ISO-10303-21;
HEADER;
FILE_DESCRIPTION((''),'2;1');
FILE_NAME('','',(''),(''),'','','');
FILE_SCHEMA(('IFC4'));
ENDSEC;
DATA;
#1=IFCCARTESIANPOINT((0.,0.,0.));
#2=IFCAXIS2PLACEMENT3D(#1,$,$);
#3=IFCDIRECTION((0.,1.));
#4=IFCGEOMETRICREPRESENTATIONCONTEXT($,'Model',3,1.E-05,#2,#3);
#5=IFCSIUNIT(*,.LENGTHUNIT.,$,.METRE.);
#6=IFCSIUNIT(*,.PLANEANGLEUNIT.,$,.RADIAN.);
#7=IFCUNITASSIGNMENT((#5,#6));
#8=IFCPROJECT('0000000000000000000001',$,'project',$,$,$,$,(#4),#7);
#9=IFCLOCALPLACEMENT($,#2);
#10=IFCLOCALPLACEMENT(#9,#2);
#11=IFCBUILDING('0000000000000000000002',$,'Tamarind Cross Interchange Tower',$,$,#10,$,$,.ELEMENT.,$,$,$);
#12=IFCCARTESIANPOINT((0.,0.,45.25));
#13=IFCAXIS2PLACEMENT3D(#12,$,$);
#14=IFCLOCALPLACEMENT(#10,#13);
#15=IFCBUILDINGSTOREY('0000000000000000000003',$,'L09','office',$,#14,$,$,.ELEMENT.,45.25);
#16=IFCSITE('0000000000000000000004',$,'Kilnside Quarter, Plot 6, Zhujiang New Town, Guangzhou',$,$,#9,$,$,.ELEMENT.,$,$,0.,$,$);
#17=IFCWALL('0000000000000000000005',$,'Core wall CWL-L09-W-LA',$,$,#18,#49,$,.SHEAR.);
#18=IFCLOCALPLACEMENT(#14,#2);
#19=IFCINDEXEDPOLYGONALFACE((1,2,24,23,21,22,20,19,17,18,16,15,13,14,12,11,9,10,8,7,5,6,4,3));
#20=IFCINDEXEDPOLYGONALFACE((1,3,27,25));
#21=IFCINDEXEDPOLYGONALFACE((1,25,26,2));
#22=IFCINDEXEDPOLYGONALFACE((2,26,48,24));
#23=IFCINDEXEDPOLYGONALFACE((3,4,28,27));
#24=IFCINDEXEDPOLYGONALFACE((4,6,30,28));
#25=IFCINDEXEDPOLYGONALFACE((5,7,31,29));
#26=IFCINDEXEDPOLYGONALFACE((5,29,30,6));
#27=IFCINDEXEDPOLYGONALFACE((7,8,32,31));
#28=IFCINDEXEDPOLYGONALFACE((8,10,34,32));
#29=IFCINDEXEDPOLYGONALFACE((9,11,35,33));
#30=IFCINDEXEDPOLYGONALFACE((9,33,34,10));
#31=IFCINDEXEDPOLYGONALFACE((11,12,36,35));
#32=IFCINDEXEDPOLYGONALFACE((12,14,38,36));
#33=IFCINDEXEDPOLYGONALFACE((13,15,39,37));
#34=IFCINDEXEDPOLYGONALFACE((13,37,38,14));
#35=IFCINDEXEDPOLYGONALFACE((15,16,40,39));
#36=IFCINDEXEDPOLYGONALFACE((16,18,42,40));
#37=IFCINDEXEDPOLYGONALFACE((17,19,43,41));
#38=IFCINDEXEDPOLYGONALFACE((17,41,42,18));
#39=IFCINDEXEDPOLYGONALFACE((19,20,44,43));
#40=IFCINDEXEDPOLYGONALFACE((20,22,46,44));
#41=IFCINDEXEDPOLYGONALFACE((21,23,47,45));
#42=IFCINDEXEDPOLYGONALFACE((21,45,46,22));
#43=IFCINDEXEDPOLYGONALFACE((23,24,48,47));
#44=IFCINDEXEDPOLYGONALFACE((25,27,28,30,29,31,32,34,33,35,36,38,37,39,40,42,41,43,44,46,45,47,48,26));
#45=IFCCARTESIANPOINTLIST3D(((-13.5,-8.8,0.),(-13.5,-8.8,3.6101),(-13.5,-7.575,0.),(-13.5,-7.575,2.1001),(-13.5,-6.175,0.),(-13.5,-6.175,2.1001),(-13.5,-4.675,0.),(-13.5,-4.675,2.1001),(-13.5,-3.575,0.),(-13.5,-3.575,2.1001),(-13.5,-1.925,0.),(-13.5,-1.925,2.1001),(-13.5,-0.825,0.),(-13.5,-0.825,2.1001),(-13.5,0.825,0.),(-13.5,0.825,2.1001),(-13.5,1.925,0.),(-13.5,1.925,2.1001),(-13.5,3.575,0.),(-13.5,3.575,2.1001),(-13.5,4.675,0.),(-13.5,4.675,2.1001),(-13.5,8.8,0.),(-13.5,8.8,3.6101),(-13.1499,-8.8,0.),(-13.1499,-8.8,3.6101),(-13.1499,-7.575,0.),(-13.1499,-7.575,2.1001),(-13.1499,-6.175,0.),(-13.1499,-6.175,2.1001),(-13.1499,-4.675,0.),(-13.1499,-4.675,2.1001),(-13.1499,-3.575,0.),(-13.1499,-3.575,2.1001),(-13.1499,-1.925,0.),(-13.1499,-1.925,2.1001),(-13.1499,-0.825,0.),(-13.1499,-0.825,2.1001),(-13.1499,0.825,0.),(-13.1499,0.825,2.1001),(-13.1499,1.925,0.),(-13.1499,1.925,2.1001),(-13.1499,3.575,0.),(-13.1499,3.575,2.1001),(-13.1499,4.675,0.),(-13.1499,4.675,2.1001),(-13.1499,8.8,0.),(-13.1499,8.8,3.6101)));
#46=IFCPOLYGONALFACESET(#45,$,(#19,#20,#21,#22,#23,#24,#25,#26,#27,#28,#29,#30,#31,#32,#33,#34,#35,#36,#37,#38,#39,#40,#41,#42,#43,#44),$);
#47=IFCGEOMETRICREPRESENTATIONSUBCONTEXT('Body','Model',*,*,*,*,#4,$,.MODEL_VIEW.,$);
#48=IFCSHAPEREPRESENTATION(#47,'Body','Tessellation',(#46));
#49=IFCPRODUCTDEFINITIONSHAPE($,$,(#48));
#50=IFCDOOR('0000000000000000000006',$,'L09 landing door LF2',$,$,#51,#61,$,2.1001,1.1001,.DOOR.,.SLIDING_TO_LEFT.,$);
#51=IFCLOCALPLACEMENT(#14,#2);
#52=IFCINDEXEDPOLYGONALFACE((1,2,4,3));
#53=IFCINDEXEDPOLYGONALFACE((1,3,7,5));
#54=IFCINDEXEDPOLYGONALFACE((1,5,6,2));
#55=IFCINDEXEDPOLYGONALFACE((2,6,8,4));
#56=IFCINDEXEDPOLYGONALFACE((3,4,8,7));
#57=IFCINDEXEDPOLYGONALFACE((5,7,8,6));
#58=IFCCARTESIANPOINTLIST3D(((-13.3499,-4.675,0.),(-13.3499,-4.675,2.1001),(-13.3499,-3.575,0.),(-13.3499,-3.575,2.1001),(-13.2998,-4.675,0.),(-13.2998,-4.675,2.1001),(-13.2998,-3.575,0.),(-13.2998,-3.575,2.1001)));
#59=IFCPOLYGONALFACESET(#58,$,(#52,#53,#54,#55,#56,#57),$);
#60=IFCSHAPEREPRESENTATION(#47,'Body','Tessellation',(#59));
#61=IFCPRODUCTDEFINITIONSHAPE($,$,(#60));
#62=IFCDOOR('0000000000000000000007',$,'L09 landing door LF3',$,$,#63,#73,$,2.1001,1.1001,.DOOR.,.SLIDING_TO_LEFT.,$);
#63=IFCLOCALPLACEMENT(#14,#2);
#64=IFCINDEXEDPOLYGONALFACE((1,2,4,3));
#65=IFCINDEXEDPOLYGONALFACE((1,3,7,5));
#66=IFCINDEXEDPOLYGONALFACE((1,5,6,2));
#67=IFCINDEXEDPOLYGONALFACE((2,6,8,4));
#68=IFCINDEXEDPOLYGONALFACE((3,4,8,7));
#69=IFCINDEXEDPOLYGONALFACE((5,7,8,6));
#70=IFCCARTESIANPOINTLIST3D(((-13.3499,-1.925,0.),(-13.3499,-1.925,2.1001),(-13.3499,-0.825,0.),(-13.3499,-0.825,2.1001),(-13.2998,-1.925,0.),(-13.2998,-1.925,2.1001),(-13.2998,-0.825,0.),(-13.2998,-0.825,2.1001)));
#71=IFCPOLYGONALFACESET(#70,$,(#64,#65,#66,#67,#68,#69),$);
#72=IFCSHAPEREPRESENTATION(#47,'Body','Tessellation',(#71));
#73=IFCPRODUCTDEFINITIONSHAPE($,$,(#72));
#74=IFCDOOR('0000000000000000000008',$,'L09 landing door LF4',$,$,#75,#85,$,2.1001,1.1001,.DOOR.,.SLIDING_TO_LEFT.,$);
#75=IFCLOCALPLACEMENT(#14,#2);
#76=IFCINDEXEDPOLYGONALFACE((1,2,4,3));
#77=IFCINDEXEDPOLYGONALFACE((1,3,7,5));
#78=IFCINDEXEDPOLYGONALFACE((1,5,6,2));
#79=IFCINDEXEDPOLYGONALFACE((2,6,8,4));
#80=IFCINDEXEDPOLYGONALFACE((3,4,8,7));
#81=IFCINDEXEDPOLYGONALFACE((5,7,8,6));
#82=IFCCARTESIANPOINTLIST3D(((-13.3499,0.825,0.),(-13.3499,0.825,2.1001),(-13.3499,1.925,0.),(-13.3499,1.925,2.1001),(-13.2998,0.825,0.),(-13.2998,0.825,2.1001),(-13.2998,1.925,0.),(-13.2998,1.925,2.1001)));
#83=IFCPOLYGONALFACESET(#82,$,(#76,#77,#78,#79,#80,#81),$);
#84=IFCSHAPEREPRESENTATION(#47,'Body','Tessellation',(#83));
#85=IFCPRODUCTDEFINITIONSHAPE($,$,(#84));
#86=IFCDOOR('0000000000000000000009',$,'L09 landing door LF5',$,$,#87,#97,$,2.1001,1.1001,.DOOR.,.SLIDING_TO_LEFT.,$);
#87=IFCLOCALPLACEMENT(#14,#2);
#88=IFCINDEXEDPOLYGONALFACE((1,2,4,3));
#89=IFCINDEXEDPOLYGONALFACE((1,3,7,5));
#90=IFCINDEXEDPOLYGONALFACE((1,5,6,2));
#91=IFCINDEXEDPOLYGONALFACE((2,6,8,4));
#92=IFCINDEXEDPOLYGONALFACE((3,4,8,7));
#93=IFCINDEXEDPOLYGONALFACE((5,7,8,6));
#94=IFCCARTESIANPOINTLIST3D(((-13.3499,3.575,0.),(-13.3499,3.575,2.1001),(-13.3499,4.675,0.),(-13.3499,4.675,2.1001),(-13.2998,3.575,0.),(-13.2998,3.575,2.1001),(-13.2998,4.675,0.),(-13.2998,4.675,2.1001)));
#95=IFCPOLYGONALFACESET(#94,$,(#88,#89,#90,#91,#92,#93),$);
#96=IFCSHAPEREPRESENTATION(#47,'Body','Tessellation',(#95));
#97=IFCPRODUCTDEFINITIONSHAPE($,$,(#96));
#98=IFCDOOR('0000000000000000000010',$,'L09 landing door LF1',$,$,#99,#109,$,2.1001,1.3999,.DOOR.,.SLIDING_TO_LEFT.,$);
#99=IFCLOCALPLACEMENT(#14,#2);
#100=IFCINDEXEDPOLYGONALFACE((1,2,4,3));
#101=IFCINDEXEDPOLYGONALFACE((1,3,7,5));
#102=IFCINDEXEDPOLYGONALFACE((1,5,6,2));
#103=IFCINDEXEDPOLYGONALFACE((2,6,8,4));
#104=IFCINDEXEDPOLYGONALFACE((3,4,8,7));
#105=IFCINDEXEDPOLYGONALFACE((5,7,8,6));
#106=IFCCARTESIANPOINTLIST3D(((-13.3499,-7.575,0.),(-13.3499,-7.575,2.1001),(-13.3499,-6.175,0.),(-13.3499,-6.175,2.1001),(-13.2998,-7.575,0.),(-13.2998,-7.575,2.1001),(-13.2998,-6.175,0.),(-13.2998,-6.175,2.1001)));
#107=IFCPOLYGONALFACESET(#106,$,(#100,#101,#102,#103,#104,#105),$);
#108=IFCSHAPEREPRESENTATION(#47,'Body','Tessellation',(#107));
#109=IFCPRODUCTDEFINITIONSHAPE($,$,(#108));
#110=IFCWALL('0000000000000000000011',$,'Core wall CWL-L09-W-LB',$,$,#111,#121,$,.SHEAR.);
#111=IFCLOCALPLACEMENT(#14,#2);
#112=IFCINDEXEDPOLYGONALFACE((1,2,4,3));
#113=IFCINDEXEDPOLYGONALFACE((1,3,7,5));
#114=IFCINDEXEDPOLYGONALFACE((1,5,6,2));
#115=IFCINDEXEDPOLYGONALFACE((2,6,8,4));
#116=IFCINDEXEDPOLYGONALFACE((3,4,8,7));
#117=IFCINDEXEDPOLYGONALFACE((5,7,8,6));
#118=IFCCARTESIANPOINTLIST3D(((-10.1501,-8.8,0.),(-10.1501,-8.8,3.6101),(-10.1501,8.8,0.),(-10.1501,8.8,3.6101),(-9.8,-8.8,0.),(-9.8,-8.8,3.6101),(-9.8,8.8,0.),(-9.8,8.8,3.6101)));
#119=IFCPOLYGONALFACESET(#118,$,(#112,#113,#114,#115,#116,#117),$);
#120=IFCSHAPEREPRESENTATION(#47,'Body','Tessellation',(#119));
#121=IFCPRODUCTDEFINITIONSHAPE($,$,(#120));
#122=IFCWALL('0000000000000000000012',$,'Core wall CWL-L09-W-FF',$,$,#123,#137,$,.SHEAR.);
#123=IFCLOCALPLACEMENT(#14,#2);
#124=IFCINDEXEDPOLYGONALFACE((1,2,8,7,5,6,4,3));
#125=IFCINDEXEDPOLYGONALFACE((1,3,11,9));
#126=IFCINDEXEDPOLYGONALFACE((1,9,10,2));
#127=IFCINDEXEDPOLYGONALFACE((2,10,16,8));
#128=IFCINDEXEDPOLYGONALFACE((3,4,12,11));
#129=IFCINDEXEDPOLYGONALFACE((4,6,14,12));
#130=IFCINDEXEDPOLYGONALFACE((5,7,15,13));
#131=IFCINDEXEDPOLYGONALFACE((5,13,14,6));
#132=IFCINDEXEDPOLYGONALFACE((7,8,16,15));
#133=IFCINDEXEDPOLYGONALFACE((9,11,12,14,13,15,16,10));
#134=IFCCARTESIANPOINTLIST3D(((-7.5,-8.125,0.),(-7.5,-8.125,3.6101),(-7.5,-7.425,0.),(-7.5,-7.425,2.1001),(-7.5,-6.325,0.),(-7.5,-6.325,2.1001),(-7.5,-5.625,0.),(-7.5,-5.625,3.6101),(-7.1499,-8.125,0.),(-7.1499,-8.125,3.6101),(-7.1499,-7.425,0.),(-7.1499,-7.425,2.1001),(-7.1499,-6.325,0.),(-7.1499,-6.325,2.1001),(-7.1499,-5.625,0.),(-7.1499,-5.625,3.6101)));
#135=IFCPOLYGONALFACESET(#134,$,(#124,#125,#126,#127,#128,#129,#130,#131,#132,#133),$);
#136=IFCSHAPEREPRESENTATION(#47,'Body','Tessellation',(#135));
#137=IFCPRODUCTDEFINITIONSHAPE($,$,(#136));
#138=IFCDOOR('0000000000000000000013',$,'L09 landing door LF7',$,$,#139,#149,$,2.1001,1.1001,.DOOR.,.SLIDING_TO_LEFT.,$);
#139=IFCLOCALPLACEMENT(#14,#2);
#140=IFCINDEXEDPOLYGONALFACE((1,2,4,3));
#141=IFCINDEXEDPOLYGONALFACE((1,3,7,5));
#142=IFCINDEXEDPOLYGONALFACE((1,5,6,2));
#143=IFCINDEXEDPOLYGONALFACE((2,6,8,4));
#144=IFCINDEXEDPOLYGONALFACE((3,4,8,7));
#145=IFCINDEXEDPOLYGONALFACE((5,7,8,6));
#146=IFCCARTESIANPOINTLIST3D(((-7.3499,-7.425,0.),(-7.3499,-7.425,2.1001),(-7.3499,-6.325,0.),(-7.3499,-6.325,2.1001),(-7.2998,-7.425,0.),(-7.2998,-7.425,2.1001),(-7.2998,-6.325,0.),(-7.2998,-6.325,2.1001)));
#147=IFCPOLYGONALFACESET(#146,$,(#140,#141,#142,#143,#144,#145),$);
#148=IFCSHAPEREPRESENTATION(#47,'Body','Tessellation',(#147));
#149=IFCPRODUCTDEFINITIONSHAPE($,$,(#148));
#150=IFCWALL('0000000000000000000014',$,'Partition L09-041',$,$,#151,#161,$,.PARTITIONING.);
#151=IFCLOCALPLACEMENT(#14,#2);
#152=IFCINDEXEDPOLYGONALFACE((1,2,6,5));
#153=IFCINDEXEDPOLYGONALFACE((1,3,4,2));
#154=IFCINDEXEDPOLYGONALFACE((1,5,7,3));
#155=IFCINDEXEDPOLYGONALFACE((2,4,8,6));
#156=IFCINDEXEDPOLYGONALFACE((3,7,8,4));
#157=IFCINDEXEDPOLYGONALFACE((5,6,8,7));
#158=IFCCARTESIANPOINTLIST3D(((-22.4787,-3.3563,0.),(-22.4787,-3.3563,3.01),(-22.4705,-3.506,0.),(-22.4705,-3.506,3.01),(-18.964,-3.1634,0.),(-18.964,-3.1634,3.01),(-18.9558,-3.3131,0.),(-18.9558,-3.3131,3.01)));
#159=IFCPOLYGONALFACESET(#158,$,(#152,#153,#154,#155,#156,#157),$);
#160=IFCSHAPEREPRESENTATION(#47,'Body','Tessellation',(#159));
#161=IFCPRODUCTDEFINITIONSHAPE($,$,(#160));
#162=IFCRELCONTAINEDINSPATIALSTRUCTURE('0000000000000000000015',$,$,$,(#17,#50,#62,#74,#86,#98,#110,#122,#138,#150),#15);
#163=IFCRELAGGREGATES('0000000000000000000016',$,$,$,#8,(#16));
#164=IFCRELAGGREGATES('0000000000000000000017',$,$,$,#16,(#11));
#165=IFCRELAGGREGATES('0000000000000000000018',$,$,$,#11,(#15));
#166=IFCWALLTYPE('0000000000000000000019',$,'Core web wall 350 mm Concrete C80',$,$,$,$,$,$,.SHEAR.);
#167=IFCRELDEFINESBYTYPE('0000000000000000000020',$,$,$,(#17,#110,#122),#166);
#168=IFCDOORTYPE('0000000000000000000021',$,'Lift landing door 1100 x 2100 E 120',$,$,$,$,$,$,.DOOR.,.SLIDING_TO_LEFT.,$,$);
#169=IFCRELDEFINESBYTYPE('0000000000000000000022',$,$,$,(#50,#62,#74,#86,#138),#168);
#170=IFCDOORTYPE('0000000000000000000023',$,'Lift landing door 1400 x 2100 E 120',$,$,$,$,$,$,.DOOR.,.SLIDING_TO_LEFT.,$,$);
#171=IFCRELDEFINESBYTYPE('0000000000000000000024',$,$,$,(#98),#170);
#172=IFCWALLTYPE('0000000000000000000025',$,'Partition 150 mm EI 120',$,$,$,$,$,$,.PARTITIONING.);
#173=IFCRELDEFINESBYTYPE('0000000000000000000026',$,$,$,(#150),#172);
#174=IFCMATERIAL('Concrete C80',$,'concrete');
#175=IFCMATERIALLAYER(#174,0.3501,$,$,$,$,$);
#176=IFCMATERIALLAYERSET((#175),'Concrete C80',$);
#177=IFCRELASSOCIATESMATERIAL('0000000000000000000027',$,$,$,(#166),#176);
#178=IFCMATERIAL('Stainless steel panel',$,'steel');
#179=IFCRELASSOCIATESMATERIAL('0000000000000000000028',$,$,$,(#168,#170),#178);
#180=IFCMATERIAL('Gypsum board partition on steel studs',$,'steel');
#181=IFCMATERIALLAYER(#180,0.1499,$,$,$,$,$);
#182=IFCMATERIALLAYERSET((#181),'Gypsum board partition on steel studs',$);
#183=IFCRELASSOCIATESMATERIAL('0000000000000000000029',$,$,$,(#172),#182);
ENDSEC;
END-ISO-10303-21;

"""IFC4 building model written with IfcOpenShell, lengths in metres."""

from ifc_helpers import new_model, si_unit, direction, frame, frame_2d, origin, place, context, subcontext, project, spatial, rectangle, extrude, material, layer, layer_set, type_object, element, fill, save


model = new_model("IFC4")

# Units and contexts
model_context = context("Model", 3, precision=1e-05, world=origin(), true_north=direction((0.0, 1.0)))
body_context = subcontext(model_context, "Body", "Model", "MODEL_VIEW")
ifc_project = project(units=[si_unit("LENGTHUNIT", "METRE"), si_unit("PLANEANGLEUNIT", "RADIAN")], contexts=[model_context])

# Site, building, storey
site_placement = place(None, origin())
site = spatial("IfcSite", under=ifc_project, at=site_placement, Name="Kilnside Quarter, Plot 6, Zhujiang New Town, Guangzhou", CompositionType="ELEMENT", RefElevation=0.0)
building_placement = place(site_placement, origin())
building = spatial("IfcBuilding", under=site, at=building_placement, Name="Tamarind Cross Interchange Tower", CompositionType="ELEMENT")
storey_placement = place(building_placement, frame((0.0, 0.0, 45.25)))
storey = spatial("IfcBuildingStorey", under=building, at=storey_placement, Name="L09", Description="office", CompositionType="ELEMENT", Elevation=45.25)

# Shared definitions
ifc_material_1 = material(Name="Concrete C80", Category="concrete")
ifc_layer_1 = layer(ifc_material_1, 0.3501)
ifc_layer_set_1 = layer_set([ifc_layer_1], Name="Concrete C80")
wall_type_1 = type_object("IfcWallType", Name="Core web wall 350 mm Concrete C80", PredefinedType="SHEAR", material=ifc_layer_set_1)

# Wall, openings, doors
wall_1_placement = place(storey_placement, frame((-13.325, -8.8, 0.0), z_axis=(0.0, 0.0, 1.0), x_axis=(0.0, 1.0, 0.0)))
wall_1 = element("IfcWall", 1, at=wall_1_placement, inside=storey, type_object=wall_type_1, Name="Core wall CWL-L09-W-LA", PredefinedType="SHEAR", context=body_context, shape_type="SweptSolid", body=[
    extrude(rectangle(XDim=17.6001, YDim=0.3501, at=frame_2d((8.8, 0.0))), origin(), (0.0, 0.0, 1.0), 3.6101),
])
opening_1_placement = place(wall_1_placement, frame((1.2251, 0.0, 0.0)))
opening_1 = element("IfcOpeningElement", 2, at=opening_1_placement, cuts=wall_1, PredefinedType="OPENING", context=body_context, shape_type="SweptSolid", body=[
    extrude(rectangle(XDim=1.3999, YDim=2.1001, at=frame_2d((0.7, 1.05))), frame((0.0, 0.1851, 0.0), z_axis=(0.0, -1.0, 0.0), x_axis=(1.0, 0.0, 0.0)), (0.0, 0.0, 1.0), 0.3701),
])
opening_2_placement = place(wall_1_placement, frame((4.125, 0.0, 0.0)))
opening_2 = element("IfcOpeningElement", 3, at=opening_2_placement, cuts=wall_1, PredefinedType="OPENING", context=body_context, shape_type="SweptSolid", body=[
    extrude(rectangle(XDim=1.1001, YDim=2.1001, at=frame_2d((0.55, 1.05))), frame((0.0, 0.1851, 0.0), z_axis=(0.0, -1.0, 0.0), x_axis=(1.0, 0.0, 0.0)), (0.0, 0.0, 1.0), 0.3701),
])
opening_3_placement = place(wall_1_placement, frame((6.875, 0.0, 0.0)))
opening_3 = element("IfcOpeningElement", 4, at=opening_3_placement, cuts=wall_1, PredefinedType="OPENING", context=body_context, shape_type="SweptSolid", body=[
    extrude(rectangle(XDim=1.1001, YDim=2.1001, at=frame_2d((0.55, 1.05))), frame((0.0, 0.1851, 0.0), z_axis=(0.0, -1.0, 0.0), x_axis=(1.0, 0.0, 0.0)), (0.0, 0.0, 1.0), 0.3701),
])
opening_4_placement = place(wall_1_placement, frame((9.625, 0.0, 0.0)))
opening_4 = element("IfcOpeningElement", 5, at=opening_4_placement, cuts=wall_1, PredefinedType="OPENING", context=body_context, shape_type="SweptSolid", body=[
    extrude(rectangle(XDim=1.1001, YDim=2.1001, at=frame_2d((0.55, 1.05))), frame((0.0, 0.1851, 0.0), z_axis=(0.0, -1.0, 0.0), x_axis=(1.0, 0.0, 0.0)), (0.0, 0.0, 1.0), 0.3701),
])
opening_5_placement = place(wall_1_placement, frame((12.375, 0.0, 0.0)))
opening_5 = element("IfcOpeningElement", 6, at=opening_5_placement, cuts=wall_1, PredefinedType="OPENING", context=body_context, shape_type="SweptSolid", body=[
    extrude(rectangle(XDim=1.1001, YDim=2.1001, at=frame_2d((0.55, 1.05))), frame((0.0, 0.1851, 0.0), z_axis=(0.0, -1.0, 0.0), x_axis=(1.0, 0.0, 0.0)), (0.0, 0.0, 1.0), 0.3701),
])
ifc_material_2 = material(Name="Stainless steel panel", Category="steel")
door_type_1 = type_object("IfcDoorType", Name="Lift landing door 1100 x 2100 E 120", OperationType="SLIDING_TO_LEFT", PredefinedType="DOOR", material=ifc_material_2)
door_1_placement = place(opening_2_placement, origin())
door_1 = element("IfcDoor", 7, at=door_1_placement, inside=storey, type_object=door_type_1, Name="L09 landing door LF2", OperationType="SLIDING_TO_LEFT", OverallHeight=2.1001, OverallWidth=1.1001, PredefinedType="DOOR", context=body_context, shape_type="SweptSolid", body=[
    extrude(rectangle(XDim=1.1001, YDim=2.1001, at=frame_2d((0.55, 1.05))), frame((0.0, 0.0249, 0.0), z_axis=(0.0, -1.0, 0.0), x_axis=(1.0, 0.0, 0.0)), (0.0, 0.0, 1.0), 0.05),
])
fill(opening_2, door_1)
door_2_placement = place(opening_3_placement, origin())
door_2 = element("IfcDoor", 8, at=door_2_placement, inside=storey, type_object=door_type_1, Name="L09 landing door LF3", OperationType="SLIDING_TO_LEFT", OverallHeight=2.1001, OverallWidth=1.1001, PredefinedType="DOOR", context=body_context, shape_type="SweptSolid", body=[
    extrude(rectangle(XDim=1.1001, YDim=2.1001, at=frame_2d((0.55, 1.05))), frame((0.0, 0.0249, 0.0), z_axis=(0.0, -1.0, 0.0), x_axis=(1.0, 0.0, 0.0)), (0.0, 0.0, 1.0), 0.05),
])
fill(opening_3, door_2)
door_3_placement = place(opening_4_placement, origin())
door_3 = element("IfcDoor", 9, at=door_3_placement, inside=storey, type_object=door_type_1, Name="L09 landing door LF4", OperationType="SLIDING_TO_LEFT", OverallHeight=2.1001, OverallWidth=1.1001, PredefinedType="DOOR", context=body_context, shape_type="SweptSolid", body=[
    extrude(rectangle(XDim=1.1001, YDim=2.1001, at=frame_2d((0.55, 1.05))), frame((0.0, 0.0249, 0.0), z_axis=(0.0, -1.0, 0.0), x_axis=(1.0, 0.0, 0.0)), (0.0, 0.0, 1.0), 0.05),
])
fill(opening_4, door_3)
door_4_placement = place(opening_5_placement, origin())
door_4 = element("IfcDoor", 10, at=door_4_placement, inside=storey, type_object=door_type_1, Name="L09 landing door LF5", OperationType="SLIDING_TO_LEFT", OverallHeight=2.1001, OverallWidth=1.1001, PredefinedType="DOOR", context=body_context, shape_type="SweptSolid", body=[
    extrude(rectangle(XDim=1.1001, YDim=2.1001, at=frame_2d((0.55, 1.05))), frame((0.0, 0.0249, 0.0), z_axis=(0.0, -1.0, 0.0), x_axis=(1.0, 0.0, 0.0)), (0.0, 0.0, 1.0), 0.05),
])
fill(opening_5, door_4)
door_type_2 = type_object("IfcDoorType", Name="Lift landing door 1400 x 2100 E 120", OperationType="SLIDING_TO_LEFT", PredefinedType="DOOR", material=ifc_material_2)
door_5_placement = place(opening_1_placement, origin())
door_5 = element("IfcDoor", 11, at=door_5_placement, inside=storey, type_object=door_type_2, Name="L09 landing door LF1", OperationType="SLIDING_TO_LEFT", OverallHeight=2.1001, OverallWidth=1.3999, PredefinedType="DOOR", context=body_context, shape_type="SweptSolid", body=[
    extrude(rectangle(XDim=1.3999, YDim=2.1001, at=frame_2d((0.7, 1.05))), frame((0.0, 0.0249, 0.0), z_axis=(0.0, -1.0, 0.0), x_axis=(1.0, 0.0, 0.0)), (0.0, 0.0, 1.0), 0.05),
])
fill(opening_1, door_5)

# Wall
wall_2_placement = place(storey_placement, frame((-9.9751, -8.8, 0.0), z_axis=(0.0, 0.0, 1.0), x_axis=(0.0, 1.0, 0.0)))
element("IfcWall", 12, at=wall_2_placement, inside=storey, type_object=wall_type_1, Name="Core wall CWL-L09-W-LB", PredefinedType="SHEAR", context=body_context, shape_type="SweptSolid", body=[
    extrude(rectangle(XDim=17.6001, YDim=0.3501, at=frame_2d((8.8, 0.0))), origin(), (0.0, 0.0, 1.0), 3.6101),
])

# Wall, opening, door
wall_3_placement = place(storey_placement, frame((-7.325, -8.125, 0.0), z_axis=(0.0, 0.0, 1.0), x_axis=(0.0, 1.0, 0.0)))
wall_3 = element("IfcWall", 13, at=wall_3_placement, inside=storey, type_object=wall_type_1, Name="Core wall CWL-L09-W-FF", PredefinedType="SHEAR", context=body_context, shape_type="SweptSolid", body=[
    extrude(rectangle(XDim=2.5, YDim=0.3501, at=frame_2d((1.25, 0.0))), origin(), (0.0, 0.0, 1.0), 3.6101),
])
opening_6_placement = place(wall_3_placement, frame((0.7, 0.0, 0.0)))
opening_6 = element("IfcOpeningElement", 14, at=opening_6_placement, cuts=wall_3, PredefinedType="OPENING", context=body_context, shape_type="SweptSolid", body=[
    extrude(rectangle(XDim=1.1001, YDim=2.1001, at=frame_2d((0.55, 1.05))), frame((0.0, 0.1851, 0.0), z_axis=(0.0, -1.0, 0.0), x_axis=(1.0, 0.0, 0.0)), (0.0, 0.0, 1.0), 0.3701),
])
door_6_placement = place(opening_6_placement, origin())
door_6 = element("IfcDoor", 15, at=door_6_placement, inside=storey, type_object=door_type_1, Name="L09 landing door LF7", OperationType="SLIDING_TO_LEFT", OverallHeight=2.1001, OverallWidth=1.1001, PredefinedType="DOOR", context=body_context, shape_type="SweptSolid", body=[
    extrude(rectangle(XDim=1.1001, YDim=2.1001, at=frame_2d((0.55, 1.05))), frame((0.0, 0.0249, 0.0), z_axis=(0.0, -1.0, 0.0), x_axis=(1.0, 0.0, 0.0)), (0.0, 0.0, 1.0), 0.05),
])
fill(opening_6, door_6)

# Wall
ifc_material_3 = material(Name="Gypsum board partition on steel studs", Category="steel")
ifc_layer_2 = layer(ifc_material_3, 0.1499)
ifc_layer_set_2 = layer_set([ifc_layer_2], Name="Gypsum board partition on steel studs")
wall_type_2 = type_object("IfcWallType", Name="Partition 150 mm EI 120", PredefinedType="PARTITIONING", material=ifc_layer_set_2)
wall_4_placement = place(storey_placement, frame((-22.4746, -3.4312, 0.0), z_axis=(0.0, 0.0, 1.0), x_axis=(0.998498, 0.054794, 0.0)))
element("IfcWall", 16, at=wall_4_placement, inside=storey, type_object=wall_type_2, Name="Partition L09-041", PredefinedType="PARTITIONING", context=body_context, shape_type="SweptSolid", body=[
    extrude(rectangle(XDim=3.52, YDim=0.1499, at=frame_2d((1.76, 0.0))), origin(), (0.0, 0.0, 1.0), 3.01),
])

save(model, "model.ifc")
